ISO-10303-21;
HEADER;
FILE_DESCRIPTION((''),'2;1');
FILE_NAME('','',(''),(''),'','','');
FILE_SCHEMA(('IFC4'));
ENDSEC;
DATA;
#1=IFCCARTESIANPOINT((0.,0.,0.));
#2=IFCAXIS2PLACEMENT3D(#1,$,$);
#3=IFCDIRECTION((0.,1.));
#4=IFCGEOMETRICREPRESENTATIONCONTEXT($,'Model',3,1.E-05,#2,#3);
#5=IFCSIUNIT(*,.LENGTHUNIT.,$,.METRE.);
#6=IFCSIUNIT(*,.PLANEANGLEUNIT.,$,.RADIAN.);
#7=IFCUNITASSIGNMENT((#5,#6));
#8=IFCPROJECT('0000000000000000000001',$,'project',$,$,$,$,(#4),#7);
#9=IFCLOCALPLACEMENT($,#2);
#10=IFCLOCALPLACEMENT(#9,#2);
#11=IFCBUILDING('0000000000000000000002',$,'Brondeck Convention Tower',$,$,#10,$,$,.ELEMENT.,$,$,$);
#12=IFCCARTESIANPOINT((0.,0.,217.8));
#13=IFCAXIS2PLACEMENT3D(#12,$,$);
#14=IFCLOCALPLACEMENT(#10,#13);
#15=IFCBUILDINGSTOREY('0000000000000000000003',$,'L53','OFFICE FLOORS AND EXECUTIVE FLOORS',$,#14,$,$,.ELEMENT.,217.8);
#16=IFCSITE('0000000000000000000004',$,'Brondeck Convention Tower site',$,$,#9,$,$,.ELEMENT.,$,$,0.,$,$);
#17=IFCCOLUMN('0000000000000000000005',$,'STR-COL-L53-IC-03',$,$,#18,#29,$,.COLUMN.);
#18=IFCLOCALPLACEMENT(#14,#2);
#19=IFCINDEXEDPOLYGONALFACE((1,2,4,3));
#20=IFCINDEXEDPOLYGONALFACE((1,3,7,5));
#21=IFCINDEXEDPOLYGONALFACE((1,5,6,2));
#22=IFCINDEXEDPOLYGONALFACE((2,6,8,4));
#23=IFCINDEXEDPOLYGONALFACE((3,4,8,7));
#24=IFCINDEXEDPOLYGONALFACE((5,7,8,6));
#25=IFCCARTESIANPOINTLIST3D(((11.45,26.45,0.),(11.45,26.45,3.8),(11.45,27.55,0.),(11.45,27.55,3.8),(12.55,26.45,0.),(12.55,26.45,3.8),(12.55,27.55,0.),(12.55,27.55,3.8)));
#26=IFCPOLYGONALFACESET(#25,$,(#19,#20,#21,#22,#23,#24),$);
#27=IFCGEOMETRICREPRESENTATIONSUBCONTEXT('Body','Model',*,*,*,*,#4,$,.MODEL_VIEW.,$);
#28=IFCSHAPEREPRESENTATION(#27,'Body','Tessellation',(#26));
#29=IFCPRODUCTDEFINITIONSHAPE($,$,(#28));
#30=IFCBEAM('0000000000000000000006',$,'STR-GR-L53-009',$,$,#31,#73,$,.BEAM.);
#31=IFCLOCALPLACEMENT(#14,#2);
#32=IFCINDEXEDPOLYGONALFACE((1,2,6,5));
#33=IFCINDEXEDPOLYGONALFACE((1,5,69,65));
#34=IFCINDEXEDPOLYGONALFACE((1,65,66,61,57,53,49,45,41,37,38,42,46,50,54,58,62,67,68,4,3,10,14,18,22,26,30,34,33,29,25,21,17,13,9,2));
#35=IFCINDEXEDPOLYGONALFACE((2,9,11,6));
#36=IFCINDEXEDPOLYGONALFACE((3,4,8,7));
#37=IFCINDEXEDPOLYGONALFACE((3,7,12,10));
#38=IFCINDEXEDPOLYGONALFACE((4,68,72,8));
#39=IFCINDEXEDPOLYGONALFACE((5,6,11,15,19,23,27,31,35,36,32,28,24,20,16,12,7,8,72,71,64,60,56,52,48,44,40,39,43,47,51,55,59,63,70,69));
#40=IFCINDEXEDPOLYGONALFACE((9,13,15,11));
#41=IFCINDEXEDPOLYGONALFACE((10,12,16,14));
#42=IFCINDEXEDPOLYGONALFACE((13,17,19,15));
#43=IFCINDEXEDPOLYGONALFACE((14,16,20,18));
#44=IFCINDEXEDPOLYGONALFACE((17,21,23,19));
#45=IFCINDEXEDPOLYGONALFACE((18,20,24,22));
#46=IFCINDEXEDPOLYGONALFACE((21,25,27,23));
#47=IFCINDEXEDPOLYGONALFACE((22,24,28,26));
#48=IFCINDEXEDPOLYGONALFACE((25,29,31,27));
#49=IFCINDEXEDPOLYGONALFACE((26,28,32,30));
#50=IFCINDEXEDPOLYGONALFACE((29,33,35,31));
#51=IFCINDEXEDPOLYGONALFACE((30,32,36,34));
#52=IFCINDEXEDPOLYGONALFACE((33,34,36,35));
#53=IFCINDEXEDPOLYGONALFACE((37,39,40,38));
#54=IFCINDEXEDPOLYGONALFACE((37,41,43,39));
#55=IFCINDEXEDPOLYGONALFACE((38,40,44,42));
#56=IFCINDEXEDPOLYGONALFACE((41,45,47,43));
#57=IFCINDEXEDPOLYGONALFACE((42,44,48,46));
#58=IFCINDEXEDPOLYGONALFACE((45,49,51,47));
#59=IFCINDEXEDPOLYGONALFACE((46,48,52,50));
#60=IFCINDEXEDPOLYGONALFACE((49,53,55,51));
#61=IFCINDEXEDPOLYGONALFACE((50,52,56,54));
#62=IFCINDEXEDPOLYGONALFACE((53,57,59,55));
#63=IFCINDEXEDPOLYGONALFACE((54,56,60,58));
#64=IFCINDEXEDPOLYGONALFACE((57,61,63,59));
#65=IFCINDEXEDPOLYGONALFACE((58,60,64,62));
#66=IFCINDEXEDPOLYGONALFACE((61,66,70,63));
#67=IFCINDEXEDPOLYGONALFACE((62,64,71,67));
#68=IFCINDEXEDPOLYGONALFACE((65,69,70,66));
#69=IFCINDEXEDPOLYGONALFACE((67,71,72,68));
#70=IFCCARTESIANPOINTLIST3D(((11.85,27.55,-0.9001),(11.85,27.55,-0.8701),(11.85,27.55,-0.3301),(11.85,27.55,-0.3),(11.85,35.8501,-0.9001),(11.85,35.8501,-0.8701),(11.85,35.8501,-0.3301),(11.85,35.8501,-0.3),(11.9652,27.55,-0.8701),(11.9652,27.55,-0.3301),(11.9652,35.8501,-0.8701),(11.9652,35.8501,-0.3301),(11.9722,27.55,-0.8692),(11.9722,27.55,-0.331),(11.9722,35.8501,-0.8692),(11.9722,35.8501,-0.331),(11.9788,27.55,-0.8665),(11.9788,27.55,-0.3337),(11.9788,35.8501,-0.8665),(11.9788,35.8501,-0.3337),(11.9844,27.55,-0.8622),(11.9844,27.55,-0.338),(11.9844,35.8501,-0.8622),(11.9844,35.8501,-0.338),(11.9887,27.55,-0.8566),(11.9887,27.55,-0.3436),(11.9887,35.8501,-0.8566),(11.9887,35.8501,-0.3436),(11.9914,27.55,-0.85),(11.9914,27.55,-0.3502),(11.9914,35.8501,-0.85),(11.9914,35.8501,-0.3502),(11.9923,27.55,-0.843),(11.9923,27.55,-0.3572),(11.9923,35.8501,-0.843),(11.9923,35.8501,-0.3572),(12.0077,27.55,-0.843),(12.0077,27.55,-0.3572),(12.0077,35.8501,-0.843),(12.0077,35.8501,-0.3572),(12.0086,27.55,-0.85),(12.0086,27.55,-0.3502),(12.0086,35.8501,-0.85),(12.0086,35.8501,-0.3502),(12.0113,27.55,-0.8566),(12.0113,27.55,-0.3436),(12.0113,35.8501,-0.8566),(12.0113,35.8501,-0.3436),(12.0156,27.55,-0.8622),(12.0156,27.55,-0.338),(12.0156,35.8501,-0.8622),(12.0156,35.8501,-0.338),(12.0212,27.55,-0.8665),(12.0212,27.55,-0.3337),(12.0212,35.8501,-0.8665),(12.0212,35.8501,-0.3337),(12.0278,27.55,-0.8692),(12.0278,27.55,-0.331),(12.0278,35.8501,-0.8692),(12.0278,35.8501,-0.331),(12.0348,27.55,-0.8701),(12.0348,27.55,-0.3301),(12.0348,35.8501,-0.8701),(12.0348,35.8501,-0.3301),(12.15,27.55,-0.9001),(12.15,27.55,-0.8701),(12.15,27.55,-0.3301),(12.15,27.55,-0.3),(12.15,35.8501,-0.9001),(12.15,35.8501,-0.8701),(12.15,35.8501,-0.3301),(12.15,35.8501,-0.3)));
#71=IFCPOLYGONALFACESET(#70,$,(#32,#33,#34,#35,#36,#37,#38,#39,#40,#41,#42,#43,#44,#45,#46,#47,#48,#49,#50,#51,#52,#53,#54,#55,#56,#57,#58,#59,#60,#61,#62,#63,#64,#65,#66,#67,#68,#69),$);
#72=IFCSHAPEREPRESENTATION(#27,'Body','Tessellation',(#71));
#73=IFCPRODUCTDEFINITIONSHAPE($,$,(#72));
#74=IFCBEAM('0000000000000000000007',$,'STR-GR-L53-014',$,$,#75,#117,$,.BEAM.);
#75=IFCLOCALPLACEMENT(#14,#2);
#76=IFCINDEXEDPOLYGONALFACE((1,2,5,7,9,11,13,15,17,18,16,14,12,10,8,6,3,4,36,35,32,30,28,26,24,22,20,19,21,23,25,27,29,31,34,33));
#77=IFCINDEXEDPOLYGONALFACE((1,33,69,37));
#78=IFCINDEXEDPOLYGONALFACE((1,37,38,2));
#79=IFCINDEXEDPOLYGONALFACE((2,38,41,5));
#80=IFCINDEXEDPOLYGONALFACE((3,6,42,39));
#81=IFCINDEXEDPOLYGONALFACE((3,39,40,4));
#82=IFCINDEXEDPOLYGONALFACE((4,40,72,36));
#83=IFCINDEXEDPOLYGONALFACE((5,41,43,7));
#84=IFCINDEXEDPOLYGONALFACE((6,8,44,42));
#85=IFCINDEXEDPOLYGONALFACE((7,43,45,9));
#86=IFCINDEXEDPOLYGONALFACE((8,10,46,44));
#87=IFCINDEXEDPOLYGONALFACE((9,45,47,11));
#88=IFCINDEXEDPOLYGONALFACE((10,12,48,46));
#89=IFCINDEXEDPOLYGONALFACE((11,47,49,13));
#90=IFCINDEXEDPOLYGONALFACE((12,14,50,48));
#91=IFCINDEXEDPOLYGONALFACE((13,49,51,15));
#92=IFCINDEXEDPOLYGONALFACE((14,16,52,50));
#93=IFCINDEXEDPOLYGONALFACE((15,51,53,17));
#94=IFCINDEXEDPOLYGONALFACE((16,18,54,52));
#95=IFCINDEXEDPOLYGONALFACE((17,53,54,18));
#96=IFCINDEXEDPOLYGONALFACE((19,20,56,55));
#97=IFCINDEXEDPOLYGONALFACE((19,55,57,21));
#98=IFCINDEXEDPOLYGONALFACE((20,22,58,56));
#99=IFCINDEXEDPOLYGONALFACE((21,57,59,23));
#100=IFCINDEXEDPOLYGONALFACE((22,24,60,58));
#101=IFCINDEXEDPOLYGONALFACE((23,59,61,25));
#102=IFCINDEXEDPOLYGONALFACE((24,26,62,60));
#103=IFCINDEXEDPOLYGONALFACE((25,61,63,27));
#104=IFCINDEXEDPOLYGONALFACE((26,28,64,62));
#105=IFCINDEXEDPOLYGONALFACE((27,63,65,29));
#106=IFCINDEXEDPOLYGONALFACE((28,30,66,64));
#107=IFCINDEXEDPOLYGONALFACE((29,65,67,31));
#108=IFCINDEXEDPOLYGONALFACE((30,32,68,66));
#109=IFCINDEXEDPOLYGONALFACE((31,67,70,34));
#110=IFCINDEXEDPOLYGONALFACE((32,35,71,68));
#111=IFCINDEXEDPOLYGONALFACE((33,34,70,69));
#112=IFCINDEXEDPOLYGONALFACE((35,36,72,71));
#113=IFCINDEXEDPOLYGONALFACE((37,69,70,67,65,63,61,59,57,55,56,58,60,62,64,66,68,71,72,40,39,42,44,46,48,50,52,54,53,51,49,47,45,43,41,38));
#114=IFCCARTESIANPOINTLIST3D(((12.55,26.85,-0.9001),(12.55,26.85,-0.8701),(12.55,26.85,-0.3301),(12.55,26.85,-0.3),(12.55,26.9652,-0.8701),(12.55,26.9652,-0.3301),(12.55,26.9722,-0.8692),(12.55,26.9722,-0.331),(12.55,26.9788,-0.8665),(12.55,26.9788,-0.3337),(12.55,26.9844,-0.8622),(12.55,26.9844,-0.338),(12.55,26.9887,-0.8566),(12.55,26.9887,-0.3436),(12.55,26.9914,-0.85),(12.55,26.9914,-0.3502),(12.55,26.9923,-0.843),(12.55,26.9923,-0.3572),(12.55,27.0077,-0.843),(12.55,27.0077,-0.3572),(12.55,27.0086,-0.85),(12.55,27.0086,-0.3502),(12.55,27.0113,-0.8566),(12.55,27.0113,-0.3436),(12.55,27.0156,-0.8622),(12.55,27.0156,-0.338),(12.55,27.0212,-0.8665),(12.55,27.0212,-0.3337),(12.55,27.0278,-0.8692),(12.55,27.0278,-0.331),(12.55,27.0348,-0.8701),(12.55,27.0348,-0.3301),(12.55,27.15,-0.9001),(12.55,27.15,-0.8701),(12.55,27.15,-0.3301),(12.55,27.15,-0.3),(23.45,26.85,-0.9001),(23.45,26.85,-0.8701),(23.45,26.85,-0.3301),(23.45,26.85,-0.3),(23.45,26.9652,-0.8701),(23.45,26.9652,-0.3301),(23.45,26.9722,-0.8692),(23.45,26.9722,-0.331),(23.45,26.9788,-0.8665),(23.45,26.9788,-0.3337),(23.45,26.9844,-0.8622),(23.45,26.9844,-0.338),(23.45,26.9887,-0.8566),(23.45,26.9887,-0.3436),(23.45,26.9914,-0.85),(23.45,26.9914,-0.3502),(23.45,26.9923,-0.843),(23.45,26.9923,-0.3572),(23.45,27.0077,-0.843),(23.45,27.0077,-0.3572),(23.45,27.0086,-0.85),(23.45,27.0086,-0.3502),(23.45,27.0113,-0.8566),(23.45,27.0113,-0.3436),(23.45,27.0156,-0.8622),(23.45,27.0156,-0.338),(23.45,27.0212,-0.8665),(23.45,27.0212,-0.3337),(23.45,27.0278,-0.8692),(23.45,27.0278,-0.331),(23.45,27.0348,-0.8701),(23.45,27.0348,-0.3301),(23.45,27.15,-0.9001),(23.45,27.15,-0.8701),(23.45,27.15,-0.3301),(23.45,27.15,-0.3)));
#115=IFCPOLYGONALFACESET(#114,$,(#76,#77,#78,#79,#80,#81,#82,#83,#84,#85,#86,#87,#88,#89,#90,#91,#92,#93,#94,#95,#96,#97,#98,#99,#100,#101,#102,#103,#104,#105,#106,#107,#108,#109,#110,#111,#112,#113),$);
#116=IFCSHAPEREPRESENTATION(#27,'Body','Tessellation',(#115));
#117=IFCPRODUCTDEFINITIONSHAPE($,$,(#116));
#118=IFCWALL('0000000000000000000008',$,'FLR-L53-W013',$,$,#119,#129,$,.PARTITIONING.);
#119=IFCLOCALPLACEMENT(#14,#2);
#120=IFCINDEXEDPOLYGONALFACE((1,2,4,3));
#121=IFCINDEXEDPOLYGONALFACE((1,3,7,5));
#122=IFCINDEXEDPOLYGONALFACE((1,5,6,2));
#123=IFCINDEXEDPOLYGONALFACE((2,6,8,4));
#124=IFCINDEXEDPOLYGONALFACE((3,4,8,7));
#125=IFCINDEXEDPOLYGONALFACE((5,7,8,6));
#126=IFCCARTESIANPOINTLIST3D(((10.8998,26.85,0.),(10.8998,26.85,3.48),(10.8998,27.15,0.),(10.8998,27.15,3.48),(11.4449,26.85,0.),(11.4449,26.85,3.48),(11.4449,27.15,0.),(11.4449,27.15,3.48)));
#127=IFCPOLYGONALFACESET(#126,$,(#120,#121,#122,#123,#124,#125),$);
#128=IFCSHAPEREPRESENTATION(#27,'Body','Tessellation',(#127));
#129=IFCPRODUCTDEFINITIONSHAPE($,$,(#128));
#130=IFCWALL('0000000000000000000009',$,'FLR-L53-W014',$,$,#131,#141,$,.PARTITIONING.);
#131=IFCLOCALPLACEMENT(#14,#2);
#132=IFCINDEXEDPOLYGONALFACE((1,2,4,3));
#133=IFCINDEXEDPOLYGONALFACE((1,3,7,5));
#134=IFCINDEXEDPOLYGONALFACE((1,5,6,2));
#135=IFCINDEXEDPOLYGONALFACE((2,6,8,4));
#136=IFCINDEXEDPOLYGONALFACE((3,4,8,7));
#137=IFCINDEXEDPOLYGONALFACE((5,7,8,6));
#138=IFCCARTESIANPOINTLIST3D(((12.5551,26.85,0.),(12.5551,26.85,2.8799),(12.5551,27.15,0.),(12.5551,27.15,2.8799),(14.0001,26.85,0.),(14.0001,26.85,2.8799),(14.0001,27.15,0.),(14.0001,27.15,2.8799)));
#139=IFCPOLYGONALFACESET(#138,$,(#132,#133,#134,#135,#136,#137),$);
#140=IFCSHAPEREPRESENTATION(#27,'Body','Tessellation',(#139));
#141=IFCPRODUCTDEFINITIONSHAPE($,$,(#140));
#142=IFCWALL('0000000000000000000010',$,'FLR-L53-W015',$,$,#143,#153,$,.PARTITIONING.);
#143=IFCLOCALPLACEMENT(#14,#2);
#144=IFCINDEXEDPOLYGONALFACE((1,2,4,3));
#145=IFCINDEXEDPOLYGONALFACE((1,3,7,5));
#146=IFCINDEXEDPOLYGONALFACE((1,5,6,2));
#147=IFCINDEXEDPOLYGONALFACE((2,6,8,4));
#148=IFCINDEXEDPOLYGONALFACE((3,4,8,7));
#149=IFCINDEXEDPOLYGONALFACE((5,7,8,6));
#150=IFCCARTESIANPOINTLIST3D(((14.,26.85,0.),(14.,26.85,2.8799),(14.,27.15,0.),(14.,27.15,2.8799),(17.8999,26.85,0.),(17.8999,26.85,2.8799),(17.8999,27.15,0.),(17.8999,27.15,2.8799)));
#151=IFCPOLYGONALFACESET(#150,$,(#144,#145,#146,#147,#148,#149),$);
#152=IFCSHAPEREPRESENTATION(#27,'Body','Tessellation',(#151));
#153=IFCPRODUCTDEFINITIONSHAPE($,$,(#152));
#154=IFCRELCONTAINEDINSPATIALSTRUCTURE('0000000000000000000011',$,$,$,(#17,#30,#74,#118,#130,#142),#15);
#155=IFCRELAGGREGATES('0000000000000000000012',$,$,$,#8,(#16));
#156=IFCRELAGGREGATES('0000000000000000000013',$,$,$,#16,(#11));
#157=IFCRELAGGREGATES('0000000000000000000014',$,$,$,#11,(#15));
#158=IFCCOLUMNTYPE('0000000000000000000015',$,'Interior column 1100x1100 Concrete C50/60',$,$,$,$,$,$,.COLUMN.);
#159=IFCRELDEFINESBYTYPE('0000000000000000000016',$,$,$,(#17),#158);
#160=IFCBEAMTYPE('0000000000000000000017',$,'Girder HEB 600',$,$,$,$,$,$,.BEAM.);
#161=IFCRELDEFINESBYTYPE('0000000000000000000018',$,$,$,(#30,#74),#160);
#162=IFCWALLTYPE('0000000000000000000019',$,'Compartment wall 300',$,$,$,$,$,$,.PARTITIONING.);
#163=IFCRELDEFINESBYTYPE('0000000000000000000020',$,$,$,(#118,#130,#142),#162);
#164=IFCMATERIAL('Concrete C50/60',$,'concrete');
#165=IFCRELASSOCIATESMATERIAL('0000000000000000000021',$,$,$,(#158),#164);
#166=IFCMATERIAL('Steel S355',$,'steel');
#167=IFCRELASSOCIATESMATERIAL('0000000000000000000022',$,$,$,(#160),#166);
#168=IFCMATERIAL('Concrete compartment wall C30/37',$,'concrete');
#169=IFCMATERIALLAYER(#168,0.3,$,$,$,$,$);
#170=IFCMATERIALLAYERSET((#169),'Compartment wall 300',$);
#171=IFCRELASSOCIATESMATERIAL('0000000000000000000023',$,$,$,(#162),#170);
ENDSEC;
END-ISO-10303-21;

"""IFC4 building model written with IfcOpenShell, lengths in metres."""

from ifc_helpers import new_model, si_unit, direction, frame, frame_2d, origin, origin_2d, place, context, subcontext, project, spatial, rectangle, i_section, extrude, material, layer, layer_set, material_profile, profile_set, type_object, element, save


model = new_model("IFC4")

# Units and contexts
model_context = context("Model", 3, precision=1e-05, world=origin(), true_north=direction((0.0, 1.0)))
body_context = subcontext(model_context, "Body", "Model", "MODEL_VIEW")
ifc_project = project(units=[si_unit("LENGTHUNIT", "METRE"), si_unit("PLANEANGLEUNIT", "RADIAN")], contexts=[model_context])

# Site, building, storey
site_placement = place(None, origin())
site = spatial("IfcSite", under=ifc_project, at=site_placement, Name="Brondeck Convention Tower site", CompositionType="ELEMENT", RefElevation=0.0)
building_placement = place(site_placement, origin())
building = spatial("IfcBuilding", under=site, at=building_placement, Name="Brondeck Convention Tower", CompositionType="ELEMENT")
storey_placement = place(building_placement, frame((0.0, 0.0, 217.8)))
storey = spatial("IfcBuildingStorey", under=building, at=storey_placement, Name="L53", Description="OFFICE FLOORS AND EXECUTIVE FLOORS", CompositionType="ELEMENT", Elevation=217.8)

# Column
ifc_material_1 = material(Name="Concrete C50/60", Category="concrete")
ifc_material_profile_1 = material_profile(ifc_material_1, rectangle(XDim=1.1001, YDim=1.1001, at=origin_2d()), Name="Interior column 1100x1100 Concrete C50/60")
ifc_profile_set_1 = profile_set([ifc_material_profile_1], Name="Concrete C50/60")
column_type = type_object("IfcColumnType", Name="Interior column 1100x1100 Concrete C50/60", PredefinedType="COLUMN", material=ifc_profile_set_1)
column_placement = place(storey_placement, frame((12.0, 27.0, 0.0), z_axis=(0.0, 0.0, 1.0), x_axis=(1.0, 0.0, 0.0)))
element("IfcColumn", 1, at=column_placement, inside=storey, type_object=column_type, Name="STR-COL-L53-IC-03", PredefinedType="COLUMN", context=body_context, shape_type="SweptSolid", body=[
    extrude(rectangle(XDim=1.1001, YDim=1.1001, at=origin_2d()), origin(), (0.0, 0.0, 1.0), 3.8),
])

# Beams
ifc_material_2 = material(Name="Steel S355", Category="steel")
ifc_material_profile_2 = material_profile(ifc_material_2, i_section(OverallWidth=0.3, OverallDepth=0.6001, WebThickness=0.0154, FlangeThickness=0.03, FilletRadius=0.0271, at=origin_2d()), Name="HEB 600")
ifc_profile_set_2 = profile_set([ifc_material_profile_2], Name="Steel S355")
beam_type = type_object("IfcBeamType", Name="Girder HEB 600", PredefinedType="BEAM", material=ifc_profile_set_2)
beam_1_placement = place(storey_placement, frame((12.0, 35.8501, -0.6001), z_axis=(0.0, -1.0, 0.0), x_axis=(1.0, 0.0, 0.0)))
element("IfcBeam", 2, at=beam_1_placement, inside=storey, type_object=beam_type, Name="STR-GR-L53-009", PredefinedType="BEAM", context=body_context, shape_type="SweptSolid", body=[
    extrude(i_section(OverallWidth=0.3, OverallDepth=0.6001, WebThickness=0.0154, FlangeThickness=0.03, FilletRadius=0.0271, at=origin_2d()), origin(), (0.0, 0.0, 1.0), 8.3),
])
beam_2_placement = place(storey_placement, frame((12.55, 27.0, -0.6001), z_axis=(1.0, 0.0, 0.0), x_axis=(0.0, 1.0, 0.0)))
element("IfcBeam", 3, at=beam_2_placement, inside=storey, type_object=beam_type, Name="STR-GR-L53-014", PredefinedType="BEAM", context=body_context, shape_type="SweptSolid", body=[
    extrude(i_section(OverallWidth=0.3, OverallDepth=0.6001, WebThickness=0.0154, FlangeThickness=0.03, FilletRadius=0.0271, at=origin_2d()), origin(), (0.0, 0.0, 1.0), 10.8999),
])

# Walls
ifc_material_3 = material(Name="Concrete compartment wall C30/37", Category="concrete")
ifc_layer_1 = layer(ifc_material_3, 0.3)
ifc_layer_set_1 = layer_set([ifc_layer_1], Name="Compartment wall 300")
wall_type_1 = type_object("IfcWallType", Name="Compartment wall 300", PredefinedType="PARTITIONING", material=ifc_layer_set_1)
wall_1_placement = place(storey_placement, frame((10.8999, 27.0, 0.0), z_axis=(0.0, 0.0, 1.0), x_axis=(1.0, 0.0, 0.0)))
element("IfcWall", 4, at=wall_1_placement, inside=storey, type_object=wall_type_1, Name="FLR-L53-W013", PredefinedType="PARTITIONING", context=body_context, shape_type="SweptSolid", body=[
    extrude(rectangle(XDim=0.5452, YDim=0.3, at=frame_2d((0.2725, 0.0))), origin(), (0.0, 0.0, 1.0), 3.48),
])
wall_2_placement = place(storey_placement, frame((12.5549, 27.0, 0.0), z_axis=(0.0, 0.0, 1.0), x_axis=(1.0, 0.0, 0.0)))
element("IfcWall", 5, at=wall_2_placement, inside=storey, type_object=wall_type_1, Name="FLR-L53-W014", PredefinedType="PARTITIONING", context=body_context, shape_type="SweptSolid", body=[
    extrude(rectangle(XDim=1.4451, YDim=0.3, at=frame_2d((0.7227, 0.0))), origin(), (0.0, 0.0, 1.0), 2.8799),
])
wall_3_placement = place(storey_placement, frame((14.0, 27.0, 0.0), z_axis=(0.0, 0.0, 1.0), x_axis=(1.0, 0.0, 0.0)))
element("IfcWall", 6, at=wall_3_placement, inside=storey, type_object=wall_type_1, Name="FLR-L53-W015", PredefinedType="PARTITIONING", context=body_context, shape_type="SweptSolid", body=[
    extrude(rectangle(XDim=3.8999, YDim=0.3, at=frame_2d((1.95, 0.0))), origin(), (0.0, 0.0, 1.0), 2.8799),
])

save(model, "model.ifc")
